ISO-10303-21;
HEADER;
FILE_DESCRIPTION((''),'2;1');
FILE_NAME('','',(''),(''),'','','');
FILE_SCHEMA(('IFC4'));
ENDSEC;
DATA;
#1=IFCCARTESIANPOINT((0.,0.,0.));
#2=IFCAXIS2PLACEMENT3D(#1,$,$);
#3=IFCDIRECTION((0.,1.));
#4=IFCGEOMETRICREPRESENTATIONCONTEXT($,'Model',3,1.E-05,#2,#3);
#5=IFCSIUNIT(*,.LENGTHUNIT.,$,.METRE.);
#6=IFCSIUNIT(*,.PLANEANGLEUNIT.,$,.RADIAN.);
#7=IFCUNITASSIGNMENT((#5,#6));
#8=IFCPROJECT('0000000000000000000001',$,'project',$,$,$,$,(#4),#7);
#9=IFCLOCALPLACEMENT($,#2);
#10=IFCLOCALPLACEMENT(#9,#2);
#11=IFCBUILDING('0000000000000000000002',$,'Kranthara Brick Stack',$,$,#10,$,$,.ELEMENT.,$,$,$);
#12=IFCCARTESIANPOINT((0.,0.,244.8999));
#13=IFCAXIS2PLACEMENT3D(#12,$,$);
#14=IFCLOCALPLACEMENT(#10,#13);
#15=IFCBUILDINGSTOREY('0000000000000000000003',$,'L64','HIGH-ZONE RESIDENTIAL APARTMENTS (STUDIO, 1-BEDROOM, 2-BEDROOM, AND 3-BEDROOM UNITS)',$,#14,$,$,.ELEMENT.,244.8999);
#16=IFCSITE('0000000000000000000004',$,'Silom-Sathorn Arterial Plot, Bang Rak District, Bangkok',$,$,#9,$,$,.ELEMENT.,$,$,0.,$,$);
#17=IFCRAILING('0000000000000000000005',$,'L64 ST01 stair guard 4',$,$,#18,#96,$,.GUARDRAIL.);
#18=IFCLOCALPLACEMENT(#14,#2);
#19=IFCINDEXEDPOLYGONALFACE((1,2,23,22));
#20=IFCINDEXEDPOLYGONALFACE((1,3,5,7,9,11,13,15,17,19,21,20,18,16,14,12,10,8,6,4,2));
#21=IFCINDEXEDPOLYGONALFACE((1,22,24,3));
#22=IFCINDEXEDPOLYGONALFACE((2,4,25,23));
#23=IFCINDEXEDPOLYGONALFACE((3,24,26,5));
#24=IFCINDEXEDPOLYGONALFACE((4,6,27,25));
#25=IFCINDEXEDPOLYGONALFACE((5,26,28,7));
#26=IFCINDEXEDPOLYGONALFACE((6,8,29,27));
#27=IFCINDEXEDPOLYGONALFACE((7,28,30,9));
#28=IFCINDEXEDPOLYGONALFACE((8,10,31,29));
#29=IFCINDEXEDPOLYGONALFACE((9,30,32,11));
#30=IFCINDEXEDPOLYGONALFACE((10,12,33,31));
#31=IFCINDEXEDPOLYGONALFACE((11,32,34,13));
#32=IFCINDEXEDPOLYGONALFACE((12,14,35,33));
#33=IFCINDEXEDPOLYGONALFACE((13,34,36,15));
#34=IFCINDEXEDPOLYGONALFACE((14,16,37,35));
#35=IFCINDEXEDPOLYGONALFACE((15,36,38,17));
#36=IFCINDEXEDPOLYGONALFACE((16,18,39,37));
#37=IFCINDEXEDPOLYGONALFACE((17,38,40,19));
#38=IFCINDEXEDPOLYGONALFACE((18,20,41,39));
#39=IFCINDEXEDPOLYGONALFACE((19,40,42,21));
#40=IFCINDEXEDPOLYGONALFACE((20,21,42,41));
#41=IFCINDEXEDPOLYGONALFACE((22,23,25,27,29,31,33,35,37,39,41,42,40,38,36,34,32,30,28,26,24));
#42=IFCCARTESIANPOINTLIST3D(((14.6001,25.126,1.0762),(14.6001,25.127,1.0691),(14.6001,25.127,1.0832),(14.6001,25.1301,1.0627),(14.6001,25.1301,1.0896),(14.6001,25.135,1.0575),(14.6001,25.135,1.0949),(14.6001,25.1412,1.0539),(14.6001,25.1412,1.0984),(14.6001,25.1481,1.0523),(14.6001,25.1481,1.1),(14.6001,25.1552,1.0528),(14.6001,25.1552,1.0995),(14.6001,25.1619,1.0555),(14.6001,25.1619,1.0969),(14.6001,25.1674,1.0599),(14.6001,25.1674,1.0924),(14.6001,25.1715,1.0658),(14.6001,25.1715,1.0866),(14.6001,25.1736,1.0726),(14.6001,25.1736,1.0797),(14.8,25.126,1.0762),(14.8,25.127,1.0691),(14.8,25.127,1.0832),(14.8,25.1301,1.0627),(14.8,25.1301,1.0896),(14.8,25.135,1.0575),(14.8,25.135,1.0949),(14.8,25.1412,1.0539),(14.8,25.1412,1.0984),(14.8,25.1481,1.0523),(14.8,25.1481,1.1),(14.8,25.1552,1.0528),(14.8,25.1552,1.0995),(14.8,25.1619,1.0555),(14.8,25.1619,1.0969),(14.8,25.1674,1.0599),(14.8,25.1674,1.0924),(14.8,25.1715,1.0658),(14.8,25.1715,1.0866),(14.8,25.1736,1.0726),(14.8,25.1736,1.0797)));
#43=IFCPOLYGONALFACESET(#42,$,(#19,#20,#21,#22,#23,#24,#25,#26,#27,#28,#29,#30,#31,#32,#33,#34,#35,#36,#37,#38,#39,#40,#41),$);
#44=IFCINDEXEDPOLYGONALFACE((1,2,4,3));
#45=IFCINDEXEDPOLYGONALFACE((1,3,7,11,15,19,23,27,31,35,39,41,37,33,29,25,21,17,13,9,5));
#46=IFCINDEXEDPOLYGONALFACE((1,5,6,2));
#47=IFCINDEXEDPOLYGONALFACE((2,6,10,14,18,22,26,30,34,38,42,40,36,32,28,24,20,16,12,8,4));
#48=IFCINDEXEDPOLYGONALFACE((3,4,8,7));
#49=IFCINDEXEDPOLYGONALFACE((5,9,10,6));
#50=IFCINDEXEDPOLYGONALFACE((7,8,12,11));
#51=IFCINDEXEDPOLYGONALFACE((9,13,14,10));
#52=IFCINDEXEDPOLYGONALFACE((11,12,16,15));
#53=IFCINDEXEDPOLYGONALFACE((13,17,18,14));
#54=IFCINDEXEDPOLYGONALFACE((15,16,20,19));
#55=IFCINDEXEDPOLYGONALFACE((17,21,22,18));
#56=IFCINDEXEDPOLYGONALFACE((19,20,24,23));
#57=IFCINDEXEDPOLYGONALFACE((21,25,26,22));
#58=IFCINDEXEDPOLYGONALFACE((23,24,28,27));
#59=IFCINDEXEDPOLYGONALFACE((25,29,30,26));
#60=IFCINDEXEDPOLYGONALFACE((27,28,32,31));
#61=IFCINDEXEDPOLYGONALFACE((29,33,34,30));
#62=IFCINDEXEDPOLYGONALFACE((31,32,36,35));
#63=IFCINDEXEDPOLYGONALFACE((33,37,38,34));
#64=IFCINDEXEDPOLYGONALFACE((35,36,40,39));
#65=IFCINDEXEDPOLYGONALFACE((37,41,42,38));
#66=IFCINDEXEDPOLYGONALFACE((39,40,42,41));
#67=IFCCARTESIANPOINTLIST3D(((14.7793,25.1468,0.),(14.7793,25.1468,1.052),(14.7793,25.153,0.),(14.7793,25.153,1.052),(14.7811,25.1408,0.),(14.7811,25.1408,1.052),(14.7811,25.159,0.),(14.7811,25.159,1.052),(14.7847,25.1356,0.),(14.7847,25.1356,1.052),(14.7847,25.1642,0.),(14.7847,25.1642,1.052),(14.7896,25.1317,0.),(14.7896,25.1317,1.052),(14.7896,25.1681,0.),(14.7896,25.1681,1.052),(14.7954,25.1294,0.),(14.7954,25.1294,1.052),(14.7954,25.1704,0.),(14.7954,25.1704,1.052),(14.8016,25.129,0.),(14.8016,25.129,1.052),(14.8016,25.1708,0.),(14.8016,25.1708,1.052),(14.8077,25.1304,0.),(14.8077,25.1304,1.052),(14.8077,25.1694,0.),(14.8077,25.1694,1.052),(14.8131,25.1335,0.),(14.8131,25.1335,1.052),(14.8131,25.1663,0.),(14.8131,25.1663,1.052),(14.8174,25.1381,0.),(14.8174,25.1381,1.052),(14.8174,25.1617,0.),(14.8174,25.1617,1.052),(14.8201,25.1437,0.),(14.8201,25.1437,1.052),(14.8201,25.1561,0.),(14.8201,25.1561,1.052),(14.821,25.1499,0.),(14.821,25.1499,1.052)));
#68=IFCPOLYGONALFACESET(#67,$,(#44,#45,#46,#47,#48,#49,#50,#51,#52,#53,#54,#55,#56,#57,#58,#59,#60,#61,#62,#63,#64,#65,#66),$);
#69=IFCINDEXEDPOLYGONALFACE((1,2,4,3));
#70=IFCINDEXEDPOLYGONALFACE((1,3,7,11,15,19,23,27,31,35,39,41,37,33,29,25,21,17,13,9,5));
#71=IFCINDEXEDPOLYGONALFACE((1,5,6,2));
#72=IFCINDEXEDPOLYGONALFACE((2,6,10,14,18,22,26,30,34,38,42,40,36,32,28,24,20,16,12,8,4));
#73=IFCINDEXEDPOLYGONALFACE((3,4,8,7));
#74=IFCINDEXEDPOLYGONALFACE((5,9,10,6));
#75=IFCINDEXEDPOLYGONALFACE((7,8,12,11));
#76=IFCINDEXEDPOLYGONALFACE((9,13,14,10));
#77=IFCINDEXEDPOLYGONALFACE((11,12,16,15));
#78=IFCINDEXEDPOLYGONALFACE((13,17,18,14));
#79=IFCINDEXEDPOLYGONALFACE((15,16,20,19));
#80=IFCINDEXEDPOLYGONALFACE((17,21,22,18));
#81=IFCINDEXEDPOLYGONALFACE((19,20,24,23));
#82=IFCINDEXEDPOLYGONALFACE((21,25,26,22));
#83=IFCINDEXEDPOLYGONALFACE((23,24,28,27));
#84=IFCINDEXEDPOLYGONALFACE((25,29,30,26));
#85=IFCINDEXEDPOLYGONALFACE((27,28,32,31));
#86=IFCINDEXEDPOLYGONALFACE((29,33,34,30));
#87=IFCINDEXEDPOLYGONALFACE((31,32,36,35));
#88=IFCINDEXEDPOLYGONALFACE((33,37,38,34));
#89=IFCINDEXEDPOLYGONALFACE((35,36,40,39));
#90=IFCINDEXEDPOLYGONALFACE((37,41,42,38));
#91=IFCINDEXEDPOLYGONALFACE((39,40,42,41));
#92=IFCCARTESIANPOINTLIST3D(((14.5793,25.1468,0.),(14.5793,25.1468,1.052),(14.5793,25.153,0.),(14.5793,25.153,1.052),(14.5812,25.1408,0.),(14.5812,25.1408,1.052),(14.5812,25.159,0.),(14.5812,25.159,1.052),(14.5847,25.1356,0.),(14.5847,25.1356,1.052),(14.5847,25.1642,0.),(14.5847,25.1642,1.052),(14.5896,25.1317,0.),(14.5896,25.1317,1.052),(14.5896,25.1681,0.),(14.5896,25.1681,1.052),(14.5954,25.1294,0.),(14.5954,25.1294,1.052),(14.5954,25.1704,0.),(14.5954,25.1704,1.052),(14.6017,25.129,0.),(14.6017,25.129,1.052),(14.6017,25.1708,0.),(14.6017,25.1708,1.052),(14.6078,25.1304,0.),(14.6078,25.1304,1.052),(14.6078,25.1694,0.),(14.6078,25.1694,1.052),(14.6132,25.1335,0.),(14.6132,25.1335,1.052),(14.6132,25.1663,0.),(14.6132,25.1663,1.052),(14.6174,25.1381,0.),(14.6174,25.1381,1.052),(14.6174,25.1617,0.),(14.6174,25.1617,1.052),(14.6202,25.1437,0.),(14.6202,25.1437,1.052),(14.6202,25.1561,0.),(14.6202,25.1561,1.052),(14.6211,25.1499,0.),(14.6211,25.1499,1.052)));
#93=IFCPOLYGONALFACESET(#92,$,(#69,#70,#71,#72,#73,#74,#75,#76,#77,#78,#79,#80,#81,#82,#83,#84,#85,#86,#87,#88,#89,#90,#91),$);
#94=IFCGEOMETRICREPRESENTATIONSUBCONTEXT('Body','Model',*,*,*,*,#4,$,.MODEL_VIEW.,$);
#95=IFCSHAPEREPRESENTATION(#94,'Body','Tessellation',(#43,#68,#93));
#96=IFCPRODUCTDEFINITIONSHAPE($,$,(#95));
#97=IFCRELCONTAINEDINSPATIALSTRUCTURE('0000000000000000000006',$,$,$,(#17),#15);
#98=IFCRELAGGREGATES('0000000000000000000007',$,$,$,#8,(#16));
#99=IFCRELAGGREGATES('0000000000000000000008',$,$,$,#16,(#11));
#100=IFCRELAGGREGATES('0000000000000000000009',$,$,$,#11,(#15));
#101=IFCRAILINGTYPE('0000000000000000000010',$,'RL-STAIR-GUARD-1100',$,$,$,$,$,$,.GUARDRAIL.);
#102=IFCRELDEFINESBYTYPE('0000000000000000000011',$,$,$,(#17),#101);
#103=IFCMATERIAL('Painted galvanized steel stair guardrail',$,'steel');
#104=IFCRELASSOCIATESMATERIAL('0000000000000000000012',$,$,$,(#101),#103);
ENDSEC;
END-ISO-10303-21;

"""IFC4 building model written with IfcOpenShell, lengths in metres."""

from ifc_helpers import new_model, si_unit, direction, frame, origin, origin_2d, place, context, subcontext, project, spatial, circle, extrude, material, type_object, element, save


model = new_model("IFC4")

# Units and contexts
model_context = context("Model", 3, precision=1e-05, world=origin(), true_north=direction((0.0, 1.0)))
body_context = subcontext(model_context, "Body", "Model", "MODEL_VIEW")
ifc_project = project(units=[si_unit("LENGTHUNIT", "METRE"), si_unit("PLANEANGLEUNIT", "RADIAN")], contexts=[model_context])

# Site, building, storey
site_placement = place(None, origin())
site = spatial("IfcSite", under=ifc_project, at=site_placement, Name="Silom-Sathorn Arterial Plot, Bang Rak District, Bangkok", CompositionType="ELEMENT", RefElevation=0.0)
building_placement = place(site_placement, origin())
building = spatial("IfcBuilding", under=site, at=building_placement, Name="Kranthara Brick Stack", CompositionType="ELEMENT")
storey_placement = place(building_placement, frame((0.0, 0.0, 244.8999)))
storey = spatial("IfcBuildingStorey", under=building, at=storey_placement, Name="L64", Description="HIGH-ZONE RESIDENTIAL APARTMENTS (STUDIO, 1-BEDROOM, 2-BEDROOM, AND 3-BEDROOM UNITS)", CompositionType="ELEMENT", Elevation=244.8999)

# Railing
ifc_material_1 = material(Name="Painted galvanized steel stair guardrail", Category="steel")
railing_type_1 = type_object("IfcRailingType", Name="RL-STAIR-GUARD-1100", PredefinedType="GUARDRAIL", material=ifc_material_1)
railing_1_placement = place(storey_placement, frame((14.8, 25.1499, 0.0)))
element("IfcRailing", 1, at=railing_1_placement, inside=storey, type_object=railing_type_1, Name="L64 ST01 stair guard 4", PredefinedType="GUARDRAIL", context=body_context, shape_type="SweptSolid", body=[
    extrude(circle(Radius=0.0239, at=origin_2d()), frame((0.0, 0.0, 1.0762), z_axis=(-1.0, 0.0, 0.0), x_axis=(0.0, -1.0, 0.0)), (0.0, 0.0, 1.0), 0.2),
    extrude(circle(Radius=0.021, at=origin_2d()), origin(), (0.0, 0.0, 1.0), 1.052),
    extrude(circle(Radius=0.021, at=origin_2d()), frame((-0.2, 0.0, 0.0)), (0.0, 0.0, 1.0), 1.052),
])

save(model, "model.ifc")
